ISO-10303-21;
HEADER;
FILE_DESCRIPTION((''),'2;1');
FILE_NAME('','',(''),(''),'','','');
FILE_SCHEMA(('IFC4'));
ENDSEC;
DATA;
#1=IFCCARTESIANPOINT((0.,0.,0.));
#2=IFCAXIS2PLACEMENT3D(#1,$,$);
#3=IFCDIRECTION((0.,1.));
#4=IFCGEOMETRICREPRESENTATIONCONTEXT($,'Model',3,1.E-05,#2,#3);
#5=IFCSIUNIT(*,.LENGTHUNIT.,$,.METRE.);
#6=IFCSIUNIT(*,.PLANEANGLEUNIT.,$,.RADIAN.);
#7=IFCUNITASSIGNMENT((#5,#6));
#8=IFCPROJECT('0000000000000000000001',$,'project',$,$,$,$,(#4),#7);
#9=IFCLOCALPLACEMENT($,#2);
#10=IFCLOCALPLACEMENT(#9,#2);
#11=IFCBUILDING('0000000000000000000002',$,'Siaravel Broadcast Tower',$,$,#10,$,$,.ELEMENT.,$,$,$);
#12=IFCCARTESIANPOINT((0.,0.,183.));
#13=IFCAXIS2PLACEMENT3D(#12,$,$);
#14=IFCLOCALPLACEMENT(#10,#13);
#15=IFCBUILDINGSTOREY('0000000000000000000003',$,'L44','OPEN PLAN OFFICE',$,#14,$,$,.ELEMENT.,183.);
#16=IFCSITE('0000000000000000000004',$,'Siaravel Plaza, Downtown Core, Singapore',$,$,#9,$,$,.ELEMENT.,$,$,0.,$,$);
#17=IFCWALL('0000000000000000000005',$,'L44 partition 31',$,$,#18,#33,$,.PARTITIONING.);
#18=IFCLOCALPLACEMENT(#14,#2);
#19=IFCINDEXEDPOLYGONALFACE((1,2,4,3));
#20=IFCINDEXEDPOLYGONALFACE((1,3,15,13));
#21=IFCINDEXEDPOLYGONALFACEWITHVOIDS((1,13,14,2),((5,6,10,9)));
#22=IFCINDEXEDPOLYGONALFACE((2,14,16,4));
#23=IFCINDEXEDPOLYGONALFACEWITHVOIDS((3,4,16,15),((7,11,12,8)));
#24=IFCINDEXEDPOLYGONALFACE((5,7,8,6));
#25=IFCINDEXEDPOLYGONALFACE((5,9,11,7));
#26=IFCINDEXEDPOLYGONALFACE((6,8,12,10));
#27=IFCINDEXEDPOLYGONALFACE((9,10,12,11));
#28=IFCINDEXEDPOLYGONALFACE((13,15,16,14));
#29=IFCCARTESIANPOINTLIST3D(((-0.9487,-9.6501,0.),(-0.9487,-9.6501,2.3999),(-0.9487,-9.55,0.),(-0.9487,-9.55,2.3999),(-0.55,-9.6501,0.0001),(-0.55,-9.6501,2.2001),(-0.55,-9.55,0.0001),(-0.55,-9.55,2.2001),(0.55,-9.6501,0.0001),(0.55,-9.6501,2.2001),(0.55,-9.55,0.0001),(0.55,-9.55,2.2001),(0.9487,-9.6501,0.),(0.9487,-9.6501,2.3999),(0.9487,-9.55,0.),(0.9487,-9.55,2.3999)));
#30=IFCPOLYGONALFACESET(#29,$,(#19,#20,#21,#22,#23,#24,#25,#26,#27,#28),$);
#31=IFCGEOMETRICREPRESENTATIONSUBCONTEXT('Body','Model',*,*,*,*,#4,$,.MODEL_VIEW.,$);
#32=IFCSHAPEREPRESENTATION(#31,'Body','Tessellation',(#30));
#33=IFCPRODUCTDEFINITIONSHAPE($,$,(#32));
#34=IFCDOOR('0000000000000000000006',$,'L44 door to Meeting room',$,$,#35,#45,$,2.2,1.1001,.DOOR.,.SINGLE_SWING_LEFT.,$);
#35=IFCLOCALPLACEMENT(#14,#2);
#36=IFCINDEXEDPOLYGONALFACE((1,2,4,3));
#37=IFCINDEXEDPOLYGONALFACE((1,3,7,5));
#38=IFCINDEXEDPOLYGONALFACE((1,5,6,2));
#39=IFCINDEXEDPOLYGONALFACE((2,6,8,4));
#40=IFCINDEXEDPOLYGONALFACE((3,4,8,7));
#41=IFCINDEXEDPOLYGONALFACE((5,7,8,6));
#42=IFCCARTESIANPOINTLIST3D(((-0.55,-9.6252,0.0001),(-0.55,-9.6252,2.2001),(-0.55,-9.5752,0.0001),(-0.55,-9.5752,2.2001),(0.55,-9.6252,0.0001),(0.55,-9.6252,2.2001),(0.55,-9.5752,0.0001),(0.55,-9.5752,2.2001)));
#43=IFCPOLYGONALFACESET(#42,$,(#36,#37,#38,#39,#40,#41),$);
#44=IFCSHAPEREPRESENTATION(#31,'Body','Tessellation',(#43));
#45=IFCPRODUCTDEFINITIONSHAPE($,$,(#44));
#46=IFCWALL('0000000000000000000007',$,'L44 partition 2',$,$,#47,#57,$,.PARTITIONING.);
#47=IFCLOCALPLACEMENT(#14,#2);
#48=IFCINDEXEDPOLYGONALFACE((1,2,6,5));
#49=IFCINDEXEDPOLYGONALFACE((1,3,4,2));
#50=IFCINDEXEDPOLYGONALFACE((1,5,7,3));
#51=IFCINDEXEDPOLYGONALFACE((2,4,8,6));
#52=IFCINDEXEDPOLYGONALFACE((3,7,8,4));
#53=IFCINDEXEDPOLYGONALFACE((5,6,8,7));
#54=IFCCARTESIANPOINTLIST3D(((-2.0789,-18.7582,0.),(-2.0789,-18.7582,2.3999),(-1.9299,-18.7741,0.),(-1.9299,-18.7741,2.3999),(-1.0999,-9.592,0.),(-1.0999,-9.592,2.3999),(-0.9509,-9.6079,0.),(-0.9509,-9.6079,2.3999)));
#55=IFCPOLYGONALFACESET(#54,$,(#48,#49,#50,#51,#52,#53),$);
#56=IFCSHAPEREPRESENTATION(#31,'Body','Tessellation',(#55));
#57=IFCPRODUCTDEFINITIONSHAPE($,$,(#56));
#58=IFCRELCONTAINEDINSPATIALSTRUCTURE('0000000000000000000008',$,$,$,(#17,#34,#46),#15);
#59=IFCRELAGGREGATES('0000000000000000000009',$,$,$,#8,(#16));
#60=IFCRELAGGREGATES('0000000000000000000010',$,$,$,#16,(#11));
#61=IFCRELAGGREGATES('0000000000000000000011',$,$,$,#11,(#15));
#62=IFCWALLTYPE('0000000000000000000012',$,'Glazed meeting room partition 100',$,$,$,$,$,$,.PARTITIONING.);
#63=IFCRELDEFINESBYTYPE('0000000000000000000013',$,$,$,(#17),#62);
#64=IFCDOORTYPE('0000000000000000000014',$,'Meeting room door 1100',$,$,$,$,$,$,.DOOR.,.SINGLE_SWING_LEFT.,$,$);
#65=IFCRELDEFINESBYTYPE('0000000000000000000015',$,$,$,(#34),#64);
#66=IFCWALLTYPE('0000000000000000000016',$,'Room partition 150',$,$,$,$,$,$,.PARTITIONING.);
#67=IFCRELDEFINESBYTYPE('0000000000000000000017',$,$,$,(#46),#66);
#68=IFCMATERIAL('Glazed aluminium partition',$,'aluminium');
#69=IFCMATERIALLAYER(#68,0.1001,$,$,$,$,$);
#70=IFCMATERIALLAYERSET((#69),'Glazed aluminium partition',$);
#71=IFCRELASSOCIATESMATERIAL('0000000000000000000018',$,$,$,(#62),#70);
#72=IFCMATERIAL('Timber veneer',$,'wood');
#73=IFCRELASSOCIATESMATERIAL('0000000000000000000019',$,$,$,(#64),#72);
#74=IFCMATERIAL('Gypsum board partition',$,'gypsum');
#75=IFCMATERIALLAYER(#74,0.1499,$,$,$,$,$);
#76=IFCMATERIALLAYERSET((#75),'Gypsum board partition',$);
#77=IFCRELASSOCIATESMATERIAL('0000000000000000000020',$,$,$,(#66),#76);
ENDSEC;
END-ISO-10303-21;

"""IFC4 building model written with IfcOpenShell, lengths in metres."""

from ifc_helpers import new_model, si_unit, direction, frame, frame_2d, origin, place, context, subcontext, project, spatial, rectangle, extrude, material, layer, layer_set, type_object, element, fill, save


model = new_model("IFC4")

# Units and contexts
model_context = context("Model", 3, precision=1e-05, world=origin(), true_north=direction((0.0, 1.0)))
body_context = subcontext(model_context, "Body", "Model", "MODEL_VIEW")
ifc_project = project(units=[si_unit("LENGTHUNIT", "METRE"), si_unit("PLANEANGLEUNIT", "RADIAN")], contexts=[model_context])

# Site, building, storey
site_placement = place(None, origin())
site = spatial("IfcSite", under=ifc_project, at=site_placement, Name="Siaravel Plaza, Downtown Core, Singapore", CompositionType="ELEMENT", RefElevation=0.0)
building_placement = place(site_placement, origin())
building = spatial("IfcBuilding", under=site, at=building_placement, Name="Siaravel Broadcast Tower", CompositionType="ELEMENT")
storey_placement = place(building_placement, frame((0.0, 0.0, 183.0)))
storey = spatial("IfcBuildingStorey", under=building, at=storey_placement, Name="L44", Description="OPEN PLAN OFFICE", CompositionType="ELEMENT", Elevation=183.0)

# Wall, opening, door
ifc_material_1 = material(Name="Gypsum board partition", Category="gypsum")
ifc_material_2 = material(Name="Timber veneer", Category="wood")
ifc_material_3 = material(Name="Glazed aluminium partition", Category="aluminium")
ifc_layer_1 = layer(ifc_material_3, 0.1001)
ifc_layer_set_1 = layer_set([ifc_layer_1], Name="Glazed aluminium partition")
wall_type_1 = type_object("IfcWallType", Name="Glazed meeting room partition 100", PredefinedType="PARTITIONING", material=ifc_layer_set_1)
wall_1_placement = place(storey_placement, frame((-0.9487, -9.6001, 0.0), z_axis=(0.0, 0.0, 1.0), x_axis=(1.0, 0.0, 0.0)))
wall_1 = element("IfcWall", 1, at=wall_1_placement, inside=storey, type_object=wall_type_1, Name="L44 partition 31", PredefinedType="PARTITIONING", context=body_context, shape_type="SweptSolid", body=[
    extrude(rectangle(XDim=1.8975, YDim=0.1001, at=frame_2d((0.9487, 0.0))), origin(), (0.0, 0.0, 1.0), 2.3999),
])
opening_1_placement = place(wall_1_placement, frame((0.3987, 0.0, 0.0)))
opening_1 = element("IfcOpeningElement", 2, at=opening_1_placement, cuts=wall_1, PredefinedType="OPENING", context=body_context, shape_type="SweptSolid", body=[
    extrude(rectangle(XDim=1.1001, YDim=2.2, at=frame_2d((0.55, 1.1001))), frame((0.0, 0.0601, 0.0), z_axis=(0.0, -1.0, 0.0), x_axis=(1.0, 0.0, 0.0)), (0.0, 0.0, 1.0), 0.1201),
])
door_type_1 = type_object("IfcDoorType", Name="Meeting room door 1100", OperationType="SINGLE_SWING_LEFT", PredefinedType="DOOR", material=ifc_material_2)
door_1_placement = place(opening_1_placement, origin())
door_1 = element("IfcDoor", 3, at=door_1_placement, inside=storey, type_object=door_type_1, Name="L44 door to Meeting room", OperationType="SINGLE_SWING_LEFT", OverallHeight=2.2, OverallWidth=1.1001, PredefinedType="DOOR", context=body_context, shape_type="SweptSolid", body=[
    extrude(rectangle(XDim=1.1001, YDim=2.2, at=frame_2d((0.55, 1.1001))), frame((0.0, 0.0249, 0.0), z_axis=(0.0, -1.0, 0.0), x_axis=(1.0, 0.0, 0.0)), (0.0, 0.0, 1.0), 0.05),
])
fill(opening_1, door_1)

# Wall
ifc_layer_2 = layer(ifc_material_1, 0.1499)
ifc_layer_set_2 = layer_set([ifc_layer_2], Name="Gypsum board partition")
wall_type_2 = type_object("IfcWallType", Name="Room partition 150", PredefinedType="PARTITIONING", material=ifc_layer_set_2)
wall_2_placement = place(storey_placement, frame((-2.0044, -18.7661, 0.0), z_axis=(0.0, 0.0, 1.0), x_axis=(0.106204, 0.994344, 0.0)))
element("IfcWall", 4, at=wall_2_placement, inside=storey, type_object=wall_type_2, Name="L44 partition 2", PredefinedType="PARTITIONING", context=body_context, shape_type="SweptSolid", body=[
    extrude(rectangle(XDim=9.2183, YDim=0.1499, at=frame_2d((4.6091, 0.0))), origin(), (0.0, 0.0, 1.0), 2.3999),
])

save(model, "model.ifc")
